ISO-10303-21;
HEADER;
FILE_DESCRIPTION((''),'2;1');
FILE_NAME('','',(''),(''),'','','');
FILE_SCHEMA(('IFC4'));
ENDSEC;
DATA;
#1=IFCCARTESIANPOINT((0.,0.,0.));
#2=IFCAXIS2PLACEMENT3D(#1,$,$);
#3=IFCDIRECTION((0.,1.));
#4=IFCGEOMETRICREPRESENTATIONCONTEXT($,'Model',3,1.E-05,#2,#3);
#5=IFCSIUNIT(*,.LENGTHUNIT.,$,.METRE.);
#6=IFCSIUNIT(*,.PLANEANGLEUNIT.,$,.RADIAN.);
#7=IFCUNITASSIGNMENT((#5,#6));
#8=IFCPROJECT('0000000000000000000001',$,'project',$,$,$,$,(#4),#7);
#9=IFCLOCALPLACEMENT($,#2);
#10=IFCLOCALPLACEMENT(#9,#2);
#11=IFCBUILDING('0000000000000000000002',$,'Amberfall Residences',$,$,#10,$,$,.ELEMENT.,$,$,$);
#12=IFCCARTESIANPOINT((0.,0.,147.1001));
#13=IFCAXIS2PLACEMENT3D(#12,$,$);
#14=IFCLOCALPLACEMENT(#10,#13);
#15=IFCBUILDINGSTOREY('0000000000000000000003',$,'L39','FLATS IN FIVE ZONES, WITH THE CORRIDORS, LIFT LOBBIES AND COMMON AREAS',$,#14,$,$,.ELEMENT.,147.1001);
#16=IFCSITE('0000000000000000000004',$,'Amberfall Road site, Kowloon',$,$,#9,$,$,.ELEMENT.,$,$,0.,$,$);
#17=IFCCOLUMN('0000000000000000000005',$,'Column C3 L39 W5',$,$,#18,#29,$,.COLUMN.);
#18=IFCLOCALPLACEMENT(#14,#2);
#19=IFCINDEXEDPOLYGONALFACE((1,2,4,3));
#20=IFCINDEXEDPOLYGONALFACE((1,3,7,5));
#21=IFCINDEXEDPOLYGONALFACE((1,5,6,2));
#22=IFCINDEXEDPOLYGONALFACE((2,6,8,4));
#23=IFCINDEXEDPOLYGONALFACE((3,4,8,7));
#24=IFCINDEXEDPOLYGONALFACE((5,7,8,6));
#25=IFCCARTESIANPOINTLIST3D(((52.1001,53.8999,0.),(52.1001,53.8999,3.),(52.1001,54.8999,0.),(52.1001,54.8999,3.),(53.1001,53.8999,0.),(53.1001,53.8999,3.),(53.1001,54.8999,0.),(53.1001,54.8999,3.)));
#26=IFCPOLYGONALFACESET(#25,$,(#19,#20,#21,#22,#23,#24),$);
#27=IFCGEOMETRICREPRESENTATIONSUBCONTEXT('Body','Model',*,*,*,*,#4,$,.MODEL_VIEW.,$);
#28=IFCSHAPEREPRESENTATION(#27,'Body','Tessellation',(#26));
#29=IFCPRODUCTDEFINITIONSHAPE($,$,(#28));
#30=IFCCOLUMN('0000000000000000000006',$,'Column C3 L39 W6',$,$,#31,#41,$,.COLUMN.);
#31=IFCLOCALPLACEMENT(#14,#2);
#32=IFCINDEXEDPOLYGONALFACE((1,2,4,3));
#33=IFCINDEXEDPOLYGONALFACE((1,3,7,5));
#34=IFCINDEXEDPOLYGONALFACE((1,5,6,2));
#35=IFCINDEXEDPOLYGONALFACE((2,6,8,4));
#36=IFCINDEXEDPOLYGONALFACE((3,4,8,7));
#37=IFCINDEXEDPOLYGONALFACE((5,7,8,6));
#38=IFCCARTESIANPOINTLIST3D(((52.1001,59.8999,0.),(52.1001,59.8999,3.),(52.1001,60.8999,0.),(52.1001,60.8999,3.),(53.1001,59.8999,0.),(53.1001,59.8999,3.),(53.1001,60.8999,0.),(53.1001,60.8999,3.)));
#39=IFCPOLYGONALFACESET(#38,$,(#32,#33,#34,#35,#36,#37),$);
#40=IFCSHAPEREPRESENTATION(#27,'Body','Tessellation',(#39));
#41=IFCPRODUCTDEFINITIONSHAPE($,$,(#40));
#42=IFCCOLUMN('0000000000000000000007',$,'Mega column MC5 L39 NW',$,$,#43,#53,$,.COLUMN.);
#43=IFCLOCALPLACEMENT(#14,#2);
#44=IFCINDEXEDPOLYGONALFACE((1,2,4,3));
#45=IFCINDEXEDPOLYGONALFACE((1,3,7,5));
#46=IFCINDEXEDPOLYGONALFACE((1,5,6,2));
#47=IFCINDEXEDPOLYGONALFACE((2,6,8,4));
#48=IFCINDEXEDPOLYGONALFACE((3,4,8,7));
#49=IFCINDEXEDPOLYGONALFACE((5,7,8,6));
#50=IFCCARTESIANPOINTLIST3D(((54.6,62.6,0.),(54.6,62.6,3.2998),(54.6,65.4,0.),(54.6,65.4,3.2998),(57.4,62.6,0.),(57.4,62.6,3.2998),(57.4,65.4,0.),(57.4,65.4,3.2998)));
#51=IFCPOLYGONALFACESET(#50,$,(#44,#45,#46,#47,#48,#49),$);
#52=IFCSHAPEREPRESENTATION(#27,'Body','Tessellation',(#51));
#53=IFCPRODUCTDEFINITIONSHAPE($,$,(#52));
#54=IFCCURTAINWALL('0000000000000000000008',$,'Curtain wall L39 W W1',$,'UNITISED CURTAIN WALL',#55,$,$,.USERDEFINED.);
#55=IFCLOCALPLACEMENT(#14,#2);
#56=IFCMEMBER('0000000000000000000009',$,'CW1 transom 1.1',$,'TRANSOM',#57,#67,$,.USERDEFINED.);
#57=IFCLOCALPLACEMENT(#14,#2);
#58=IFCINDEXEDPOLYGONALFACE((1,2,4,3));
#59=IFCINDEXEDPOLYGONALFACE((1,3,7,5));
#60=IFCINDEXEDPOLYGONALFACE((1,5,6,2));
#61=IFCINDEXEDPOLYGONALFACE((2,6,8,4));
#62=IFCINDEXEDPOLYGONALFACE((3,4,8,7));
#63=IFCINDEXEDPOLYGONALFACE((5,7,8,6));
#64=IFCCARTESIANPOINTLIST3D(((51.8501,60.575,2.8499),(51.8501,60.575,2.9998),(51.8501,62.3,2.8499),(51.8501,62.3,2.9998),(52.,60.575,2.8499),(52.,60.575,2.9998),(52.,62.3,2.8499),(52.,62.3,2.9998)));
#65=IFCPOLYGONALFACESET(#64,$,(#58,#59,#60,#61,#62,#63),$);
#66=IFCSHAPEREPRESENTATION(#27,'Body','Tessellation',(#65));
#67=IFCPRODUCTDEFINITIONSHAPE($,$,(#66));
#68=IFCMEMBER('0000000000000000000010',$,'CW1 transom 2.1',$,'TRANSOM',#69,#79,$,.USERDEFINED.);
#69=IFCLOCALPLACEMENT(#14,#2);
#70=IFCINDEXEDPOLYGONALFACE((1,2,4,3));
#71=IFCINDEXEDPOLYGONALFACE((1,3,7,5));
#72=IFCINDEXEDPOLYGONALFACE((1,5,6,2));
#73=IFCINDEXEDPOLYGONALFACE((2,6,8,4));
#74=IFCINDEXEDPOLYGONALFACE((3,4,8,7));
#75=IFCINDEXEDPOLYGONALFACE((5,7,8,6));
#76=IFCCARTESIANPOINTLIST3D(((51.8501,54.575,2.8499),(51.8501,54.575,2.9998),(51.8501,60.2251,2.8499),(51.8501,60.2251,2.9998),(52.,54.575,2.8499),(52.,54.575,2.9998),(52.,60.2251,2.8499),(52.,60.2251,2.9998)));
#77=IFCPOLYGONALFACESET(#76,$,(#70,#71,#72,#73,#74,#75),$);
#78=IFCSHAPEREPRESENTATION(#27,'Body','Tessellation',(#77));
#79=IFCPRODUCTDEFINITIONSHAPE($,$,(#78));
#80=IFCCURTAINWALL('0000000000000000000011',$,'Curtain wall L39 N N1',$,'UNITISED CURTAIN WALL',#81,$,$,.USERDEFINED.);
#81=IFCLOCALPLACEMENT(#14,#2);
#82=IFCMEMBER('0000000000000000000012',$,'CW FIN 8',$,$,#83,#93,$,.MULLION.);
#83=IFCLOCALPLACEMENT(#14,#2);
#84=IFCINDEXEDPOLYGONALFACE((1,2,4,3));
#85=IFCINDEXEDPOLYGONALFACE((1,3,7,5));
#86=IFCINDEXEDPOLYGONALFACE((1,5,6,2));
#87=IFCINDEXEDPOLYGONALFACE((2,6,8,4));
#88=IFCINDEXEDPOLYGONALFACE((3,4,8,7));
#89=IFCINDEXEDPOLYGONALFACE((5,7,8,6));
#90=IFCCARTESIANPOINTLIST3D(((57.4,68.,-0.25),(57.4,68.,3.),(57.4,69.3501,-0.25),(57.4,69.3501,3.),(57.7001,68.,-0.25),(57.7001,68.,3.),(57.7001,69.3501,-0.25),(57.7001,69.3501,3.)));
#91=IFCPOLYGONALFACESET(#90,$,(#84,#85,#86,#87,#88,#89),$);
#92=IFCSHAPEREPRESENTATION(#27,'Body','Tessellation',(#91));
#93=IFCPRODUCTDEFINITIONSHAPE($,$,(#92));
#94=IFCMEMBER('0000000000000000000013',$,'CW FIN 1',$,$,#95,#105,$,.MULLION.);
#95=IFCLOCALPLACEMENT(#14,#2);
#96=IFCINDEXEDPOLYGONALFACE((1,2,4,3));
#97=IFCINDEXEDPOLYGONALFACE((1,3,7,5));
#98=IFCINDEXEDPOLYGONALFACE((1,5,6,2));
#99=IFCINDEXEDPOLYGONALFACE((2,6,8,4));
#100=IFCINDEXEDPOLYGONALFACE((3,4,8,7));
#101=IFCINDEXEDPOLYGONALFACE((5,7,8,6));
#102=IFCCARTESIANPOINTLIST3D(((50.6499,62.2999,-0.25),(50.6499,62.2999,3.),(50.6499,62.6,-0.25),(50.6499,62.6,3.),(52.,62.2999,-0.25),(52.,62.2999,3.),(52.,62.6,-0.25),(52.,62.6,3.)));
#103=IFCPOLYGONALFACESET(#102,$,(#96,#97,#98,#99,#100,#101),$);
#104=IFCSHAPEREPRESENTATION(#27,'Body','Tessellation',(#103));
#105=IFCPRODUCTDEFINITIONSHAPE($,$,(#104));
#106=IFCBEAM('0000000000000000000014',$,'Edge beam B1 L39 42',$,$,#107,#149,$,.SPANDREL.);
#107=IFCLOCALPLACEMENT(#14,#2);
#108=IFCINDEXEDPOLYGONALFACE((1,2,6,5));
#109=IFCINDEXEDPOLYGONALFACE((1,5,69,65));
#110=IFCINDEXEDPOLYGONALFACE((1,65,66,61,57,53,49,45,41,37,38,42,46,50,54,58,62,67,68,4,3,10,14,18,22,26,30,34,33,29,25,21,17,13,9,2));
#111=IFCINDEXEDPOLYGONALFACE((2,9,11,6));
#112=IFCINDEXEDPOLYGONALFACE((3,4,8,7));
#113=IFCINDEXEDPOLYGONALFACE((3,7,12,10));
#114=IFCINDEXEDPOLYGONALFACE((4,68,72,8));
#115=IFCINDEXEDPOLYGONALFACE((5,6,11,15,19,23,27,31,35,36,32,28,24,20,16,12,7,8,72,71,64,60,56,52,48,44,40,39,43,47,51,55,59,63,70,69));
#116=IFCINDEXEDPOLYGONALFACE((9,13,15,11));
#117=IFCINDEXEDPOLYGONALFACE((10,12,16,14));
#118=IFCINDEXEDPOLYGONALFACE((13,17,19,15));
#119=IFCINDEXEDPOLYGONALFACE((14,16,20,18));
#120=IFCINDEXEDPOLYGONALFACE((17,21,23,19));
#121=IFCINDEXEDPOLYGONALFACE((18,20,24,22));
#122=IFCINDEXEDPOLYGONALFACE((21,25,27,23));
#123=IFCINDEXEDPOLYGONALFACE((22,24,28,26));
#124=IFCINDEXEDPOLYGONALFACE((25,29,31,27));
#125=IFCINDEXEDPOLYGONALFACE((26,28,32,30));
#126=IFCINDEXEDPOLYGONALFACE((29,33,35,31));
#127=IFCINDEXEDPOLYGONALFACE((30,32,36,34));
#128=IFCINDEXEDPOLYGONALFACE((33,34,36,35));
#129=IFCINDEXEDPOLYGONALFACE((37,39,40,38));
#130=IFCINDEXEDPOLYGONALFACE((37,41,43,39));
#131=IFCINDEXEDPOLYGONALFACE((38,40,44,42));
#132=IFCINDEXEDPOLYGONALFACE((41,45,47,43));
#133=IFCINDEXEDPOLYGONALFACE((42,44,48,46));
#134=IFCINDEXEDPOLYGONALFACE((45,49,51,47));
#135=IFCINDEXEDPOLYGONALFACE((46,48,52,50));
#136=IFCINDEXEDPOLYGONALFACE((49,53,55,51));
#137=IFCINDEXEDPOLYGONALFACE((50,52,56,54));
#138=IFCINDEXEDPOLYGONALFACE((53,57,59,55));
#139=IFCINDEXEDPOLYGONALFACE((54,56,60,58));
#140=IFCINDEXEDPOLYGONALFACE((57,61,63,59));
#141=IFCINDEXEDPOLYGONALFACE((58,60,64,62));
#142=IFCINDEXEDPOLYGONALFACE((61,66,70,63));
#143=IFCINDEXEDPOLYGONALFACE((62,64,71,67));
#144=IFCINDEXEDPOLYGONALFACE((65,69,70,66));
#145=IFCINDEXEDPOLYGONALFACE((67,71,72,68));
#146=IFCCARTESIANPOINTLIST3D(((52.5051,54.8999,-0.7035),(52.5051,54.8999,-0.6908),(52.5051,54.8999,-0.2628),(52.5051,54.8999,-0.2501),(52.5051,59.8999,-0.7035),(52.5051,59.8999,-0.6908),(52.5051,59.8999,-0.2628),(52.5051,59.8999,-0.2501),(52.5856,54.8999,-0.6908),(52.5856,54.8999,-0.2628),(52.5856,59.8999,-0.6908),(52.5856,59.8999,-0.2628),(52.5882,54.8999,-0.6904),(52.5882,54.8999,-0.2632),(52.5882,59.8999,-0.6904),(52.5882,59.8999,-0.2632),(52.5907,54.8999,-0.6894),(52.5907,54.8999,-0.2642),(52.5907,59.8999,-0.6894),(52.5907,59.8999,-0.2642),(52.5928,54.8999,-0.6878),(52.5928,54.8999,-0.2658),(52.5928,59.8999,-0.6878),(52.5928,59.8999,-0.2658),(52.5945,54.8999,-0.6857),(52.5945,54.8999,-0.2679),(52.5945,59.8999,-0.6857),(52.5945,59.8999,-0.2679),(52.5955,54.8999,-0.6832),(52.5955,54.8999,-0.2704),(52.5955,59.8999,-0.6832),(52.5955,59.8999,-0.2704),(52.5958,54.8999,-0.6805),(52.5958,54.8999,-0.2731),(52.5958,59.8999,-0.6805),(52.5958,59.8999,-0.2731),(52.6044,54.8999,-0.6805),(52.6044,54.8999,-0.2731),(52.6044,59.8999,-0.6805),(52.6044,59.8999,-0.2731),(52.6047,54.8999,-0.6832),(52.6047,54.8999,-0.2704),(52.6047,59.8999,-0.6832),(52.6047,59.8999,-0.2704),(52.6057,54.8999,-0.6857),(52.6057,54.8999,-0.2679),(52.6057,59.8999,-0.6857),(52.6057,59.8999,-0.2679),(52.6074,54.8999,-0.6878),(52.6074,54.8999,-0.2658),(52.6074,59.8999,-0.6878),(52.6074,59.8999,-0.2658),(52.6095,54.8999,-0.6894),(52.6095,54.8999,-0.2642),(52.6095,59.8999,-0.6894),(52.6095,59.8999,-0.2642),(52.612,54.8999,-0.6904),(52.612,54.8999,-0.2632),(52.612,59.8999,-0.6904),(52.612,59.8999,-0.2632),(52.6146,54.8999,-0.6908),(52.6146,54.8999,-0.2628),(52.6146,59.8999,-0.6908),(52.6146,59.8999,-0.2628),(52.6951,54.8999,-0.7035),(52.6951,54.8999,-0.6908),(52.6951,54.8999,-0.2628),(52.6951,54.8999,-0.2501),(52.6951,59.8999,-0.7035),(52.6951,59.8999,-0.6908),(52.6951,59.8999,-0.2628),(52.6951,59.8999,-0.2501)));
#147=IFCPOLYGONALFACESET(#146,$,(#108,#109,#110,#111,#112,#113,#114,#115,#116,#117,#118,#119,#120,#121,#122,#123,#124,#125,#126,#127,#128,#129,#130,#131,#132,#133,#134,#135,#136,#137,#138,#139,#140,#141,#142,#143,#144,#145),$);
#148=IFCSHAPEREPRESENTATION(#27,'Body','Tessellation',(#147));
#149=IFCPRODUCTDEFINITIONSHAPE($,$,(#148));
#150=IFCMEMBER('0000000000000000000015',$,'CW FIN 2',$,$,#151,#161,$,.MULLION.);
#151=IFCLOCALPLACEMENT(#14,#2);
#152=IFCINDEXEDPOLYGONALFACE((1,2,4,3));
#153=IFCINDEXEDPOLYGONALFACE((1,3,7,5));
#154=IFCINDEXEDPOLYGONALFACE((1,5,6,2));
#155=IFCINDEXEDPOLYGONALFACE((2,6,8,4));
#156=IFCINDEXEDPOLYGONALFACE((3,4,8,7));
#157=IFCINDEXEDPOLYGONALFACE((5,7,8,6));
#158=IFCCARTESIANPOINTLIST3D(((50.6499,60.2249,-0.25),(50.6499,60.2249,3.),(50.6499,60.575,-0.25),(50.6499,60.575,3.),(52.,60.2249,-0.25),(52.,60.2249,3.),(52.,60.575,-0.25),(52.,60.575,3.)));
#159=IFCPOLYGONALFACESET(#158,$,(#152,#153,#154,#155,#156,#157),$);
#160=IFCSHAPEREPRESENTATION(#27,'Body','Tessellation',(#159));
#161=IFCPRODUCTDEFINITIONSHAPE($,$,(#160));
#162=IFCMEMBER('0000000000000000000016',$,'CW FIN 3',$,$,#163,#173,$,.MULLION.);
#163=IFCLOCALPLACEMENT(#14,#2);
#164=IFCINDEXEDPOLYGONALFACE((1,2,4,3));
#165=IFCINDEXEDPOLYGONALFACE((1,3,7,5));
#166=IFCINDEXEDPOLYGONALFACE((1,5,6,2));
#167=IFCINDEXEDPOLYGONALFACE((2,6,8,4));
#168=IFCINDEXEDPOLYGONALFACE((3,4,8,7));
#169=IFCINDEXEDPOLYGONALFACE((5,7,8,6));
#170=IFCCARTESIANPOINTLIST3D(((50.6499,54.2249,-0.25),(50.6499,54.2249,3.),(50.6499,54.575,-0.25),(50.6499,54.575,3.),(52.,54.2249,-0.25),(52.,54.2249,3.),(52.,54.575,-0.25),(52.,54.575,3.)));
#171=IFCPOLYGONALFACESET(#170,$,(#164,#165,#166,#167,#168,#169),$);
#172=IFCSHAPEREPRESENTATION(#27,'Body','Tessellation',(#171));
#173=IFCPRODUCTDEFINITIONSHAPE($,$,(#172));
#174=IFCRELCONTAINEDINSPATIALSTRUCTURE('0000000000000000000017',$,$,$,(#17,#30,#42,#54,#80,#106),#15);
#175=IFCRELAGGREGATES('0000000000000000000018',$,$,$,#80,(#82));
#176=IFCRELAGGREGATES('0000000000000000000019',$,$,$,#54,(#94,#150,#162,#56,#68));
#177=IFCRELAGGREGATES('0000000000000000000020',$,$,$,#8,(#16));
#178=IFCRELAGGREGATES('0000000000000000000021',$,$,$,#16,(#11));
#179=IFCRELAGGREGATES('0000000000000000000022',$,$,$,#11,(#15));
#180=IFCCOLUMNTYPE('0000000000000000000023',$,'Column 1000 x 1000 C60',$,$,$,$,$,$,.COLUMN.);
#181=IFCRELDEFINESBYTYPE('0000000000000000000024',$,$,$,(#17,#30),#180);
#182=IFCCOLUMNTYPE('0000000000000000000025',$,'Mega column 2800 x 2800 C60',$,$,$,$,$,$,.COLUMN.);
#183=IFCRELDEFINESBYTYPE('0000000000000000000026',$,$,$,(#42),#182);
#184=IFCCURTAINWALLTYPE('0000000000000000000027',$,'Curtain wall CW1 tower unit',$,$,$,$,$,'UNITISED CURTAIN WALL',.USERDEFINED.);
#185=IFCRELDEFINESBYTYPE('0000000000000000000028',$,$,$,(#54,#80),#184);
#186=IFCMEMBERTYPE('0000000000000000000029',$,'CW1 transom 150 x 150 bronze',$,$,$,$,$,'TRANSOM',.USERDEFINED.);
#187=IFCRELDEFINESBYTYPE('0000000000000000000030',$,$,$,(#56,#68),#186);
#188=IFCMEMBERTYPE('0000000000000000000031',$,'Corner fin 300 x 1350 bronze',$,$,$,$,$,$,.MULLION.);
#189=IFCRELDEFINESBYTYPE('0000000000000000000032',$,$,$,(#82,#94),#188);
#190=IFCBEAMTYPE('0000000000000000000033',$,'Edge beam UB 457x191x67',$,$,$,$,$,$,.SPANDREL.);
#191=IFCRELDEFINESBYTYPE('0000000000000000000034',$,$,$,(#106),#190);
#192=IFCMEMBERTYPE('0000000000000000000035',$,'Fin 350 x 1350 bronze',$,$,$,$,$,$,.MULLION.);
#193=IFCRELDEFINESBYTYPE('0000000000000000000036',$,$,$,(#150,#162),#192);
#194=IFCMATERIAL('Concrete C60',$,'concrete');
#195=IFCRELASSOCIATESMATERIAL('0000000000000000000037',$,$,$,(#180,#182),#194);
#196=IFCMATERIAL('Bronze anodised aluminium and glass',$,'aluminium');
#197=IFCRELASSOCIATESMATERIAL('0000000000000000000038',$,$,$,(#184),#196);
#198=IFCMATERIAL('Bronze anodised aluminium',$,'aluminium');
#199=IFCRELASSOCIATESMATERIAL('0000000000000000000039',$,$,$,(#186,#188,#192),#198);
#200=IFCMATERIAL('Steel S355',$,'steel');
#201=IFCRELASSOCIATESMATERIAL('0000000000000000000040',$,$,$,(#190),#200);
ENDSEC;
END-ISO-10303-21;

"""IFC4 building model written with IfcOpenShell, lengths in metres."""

from ifc_helpers import new_model, si_unit, direction, frame, origin, origin_2d, place, context, subcontext, project, spatial, rectangle, i_section, extrude, material, material_profile, profile_set, type_object, element, aggregate, save


model = new_model("IFC4")

# Units and contexts
model_context = context("Model", 3, precision=1e-05, world=origin(), true_north=direction((0.0, 1.0)))
body_context = subcontext(model_context, "Body", "Model", "MODEL_VIEW")
ifc_project = project(units=[si_unit("LENGTHUNIT", "METRE"), si_unit("PLANEANGLEUNIT", "RADIAN")], contexts=[model_context])

# Site, building, storey
site_placement = place(None, origin())
site = spatial("IfcSite", under=ifc_project, at=site_placement, Name="Amberfall Road site, Kowloon", CompositionType="ELEMENT", RefElevation=0.0)
building_placement = place(site_placement, origin())
building = spatial("IfcBuilding", under=site, at=building_placement, Name="Amberfall Residences", CompositionType="ELEMENT")
storey_placement = place(building_placement, frame((0.0, 0.0, 147.1001)))
storey = spatial("IfcBuildingStorey", under=building, at=storey_placement, Name="L39", Description="FLATS IN FIVE ZONES, WITH THE CORRIDORS, LIFT LOBBIES AND COMMON AREAS", CompositionType="ELEMENT", Elevation=147.1001)

# Columns
ifc_material_1 = material(Name="Concrete C60", Category="concrete")
ifc_material_profile_1 = material_profile(ifc_material_1, rectangle(XDim=1.0, YDim=1.0, at=origin_2d()), Name="Column 1000 x 1000 C60")
ifc_profile_set_1 = profile_set([ifc_material_profile_1], Name="Concrete C60")
column_type_1 = type_object("IfcColumnType", Name="Column 1000 x 1000 C60", PredefinedType="COLUMN", material=ifc_profile_set_1)
for number, where, z_axis, x_axis, name in (
    (1, (52.6001, 54.3999, 0.0), (0.0, 0.0, 1.0), (1.0, 0.0, 0.0), "Column C3 L39 W5"),
    (2, (52.6001, 60.3999, 0.0), (0.0, 0.0, 1.0), (1.0, 0.0, 0.0), "Column C3 L39 W6"),
):
    element("IfcColumn", number, at=place(storey_placement, frame(where, z_axis=z_axis, x_axis=x_axis)), inside=storey, type_object=column_type_1, Name=name, PredefinedType="COLUMN", context=body_context, shape_type="SweptSolid", body=[
        extrude(rectangle(XDim=1.0, YDim=1.0, at=origin_2d()), origin(), (0.0, 0.0, 1.0), 3.0),
    ])
ifc_material_profile_2 = material_profile(ifc_material_1, rectangle(XDim=2.8, YDim=2.8, at=origin_2d()), Name="Mega column 2800 x 2800 C60")
ifc_profile_set_2 = profile_set([ifc_material_profile_2], Name="Concrete C60")
column_type_2 = type_object("IfcColumnType", Name="Mega column 2800 x 2800 C60", PredefinedType="COLUMN", material=ifc_profile_set_2)
column_placement = place(storey_placement, frame((56.0, 64.0, 0.0), z_axis=(0.0, 0.0, 1.0), x_axis=(1.0, 0.0, 0.0)))
element("IfcColumn", 3, at=column_placement, inside=storey, type_object=column_type_2, Name="Mega column MC5 L39 NW", PredefinedType="COLUMN", context=body_context, shape_type="SweptSolid", body=[
    extrude(rectangle(XDim=2.8, YDim=2.8, at=origin_2d()), origin(), (0.0, 0.0, 1.0), 3.2998),
])

# Curtain wall, members
ifc_material_2 = material(Name="Bronze anodised aluminium and glass", Category="aluminium")
curtain_wall_type = type_object("IfcCurtainWallType", Name="Curtain wall CW1 tower unit", ElementType="UNITISED CURTAIN WALL", PredefinedType="USERDEFINED", material=ifc_material_2)
curtain_wall_1_placement = place(storey_placement, origin())
curtain_wall_1 = element("IfcCurtainWall", 4, at=curtain_wall_1_placement, inside=storey, type_object=curtain_wall_type, Name="Curtain wall L39 W W1", ObjectType="UNITISED CURTAIN WALL", PredefinedType="USERDEFINED")
ifc_material_3 = material(Name="Bronze anodised aluminium", Category="aluminium")
ifc_material_profile_3 = material_profile(ifc_material_3, rectangle(XDim=0.1499, YDim=0.1499, at=origin_2d()), Name="CW1 transom 150 x 150 bronze")
ifc_profile_set_3 = profile_set([ifc_material_profile_3], Name="Bronze anodised aluminium")
member_type_1 = type_object("IfcMemberType", Name="CW1 transom 150 x 150 bronze", ElementType="TRANSOM", PredefinedType="USERDEFINED", material=ifc_profile_set_3)
member_1_placement = place(storey_placement, frame((51.925, 62.3, 2.9248), z_axis=(0.0, -1.0, 0.0), x_axis=(1.0, 0.0, 0.0)))
member_1 = element("IfcMember", 5, at=member_1_placement, type_object=member_type_1, Name="CW1 transom 1.1", ObjectType="TRANSOM", PredefinedType="USERDEFINED", context=body_context, shape_type="SweptSolid", body=[
    extrude(rectangle(XDim=0.1499, YDim=0.1499, at=origin_2d()), origin(), (0.0, 0.0, 1.0), 1.7251),
])
member_2_placement = place(storey_placement, frame((51.925, 60.2251, 2.9248), z_axis=(0.0, -1.0, 0.0), x_axis=(1.0, 0.0, 0.0)))
member_2 = element("IfcMember", 6, at=member_2_placement, type_object=member_type_1, Name="CW1 transom 2.1", ObjectType="TRANSOM", PredefinedType="USERDEFINED", context=body_context, shape_type="SweptSolid", body=[
    extrude(rectangle(XDim=0.1499, YDim=0.1499, at=origin_2d()), origin(), (0.0, 0.0, 1.0), 5.6501),
])

# Curtain wall, member
curtain_wall_2_placement = place(storey_placement, origin())
curtain_wall_2 = element("IfcCurtainWall", 7, at=curtain_wall_2_placement, inside=storey, type_object=curtain_wall_type, Name="Curtain wall L39 N N1", ObjectType="UNITISED CURTAIN WALL", PredefinedType="USERDEFINED")
ifc_material_profile_4 = material_profile(ifc_material_3, rectangle(XDim=1.3501, YDim=0.3, at=origin_2d()), Name="Corner fin 300 x 1350 bronze")
ifc_profile_set_4 = profile_set([ifc_material_profile_4], Name="Bronze anodised aluminium")
member_type_2 = type_object("IfcMemberType", Name="Corner fin 300 x 1350 bronze", PredefinedType="MULLION", material=ifc_profile_set_4)
member_3_placement = place(storey_placement, frame((57.55, 68.675, -0.25), z_axis=(0.0, 0.0, 1.0), x_axis=(0.0, -1.0, 0.0)))
member_3 = element("IfcMember", 8, at=member_3_placement, type_object=member_type_2, Name="CW FIN 8", PredefinedType="MULLION", context=body_context, shape_type="SweptSolid", body=[
    extrude(rectangle(XDim=1.3501, YDim=0.3, at=origin_2d()), origin(), (0.0, 0.0, 1.0), 3.25),
])

# Member
member_4_placement = place(storey_placement, frame((51.325, 62.45, -0.25), z_axis=(0.0, 0.0, 1.0), x_axis=(1.0, 0.0, 0.0)))
member_4 = element("IfcMember", 9, at=member_4_placement, type_object=member_type_2, Name="CW FIN 1", PredefinedType="MULLION", context=body_context, shape_type="SweptSolid", body=[
    extrude(rectangle(XDim=1.3501, YDim=0.3, at=origin_2d()), origin(), (0.0, 0.0, 1.0), 3.25),
])

# Beam
ifc_material_4 = material(Name="Steel S355", Category="steel")
ifc_material_profile_5 = material_profile(ifc_material_4, i_section(OverallWidth=0.1899, OverallDepth=0.4534, WebThickness=0.0085, FlangeThickness=0.0127, FilletRadius=0.0103, at=origin_2d()), Name="UB 457x191x67")
ifc_profile_set_5 = profile_set([ifc_material_profile_5], Name="Steel S355")
beam_type_1 = type_object("IfcBeamType", Name="Edge beam UB 457x191x67", PredefinedType="SPANDREL", material=ifc_profile_set_5)
beam_1_placement = place(storey_placement, frame((52.6001, 54.8999, -0.4768), z_axis=(0.0, 1.0, 0.0), x_axis=(-1.0, 0.0, 0.0)))
element("IfcBeam", 10, at=beam_1_placement, inside=storey, type_object=beam_type_1, Name="Edge beam B1 L39 42", PredefinedType="SPANDREL", context=body_context, shape_type="SweptSolid", body=[
    extrude(i_section(OverallWidth=0.1899, OverallDepth=0.4534, WebThickness=0.0085, FlangeThickness=0.0127, FilletRadius=0.0103, at=origin_2d()), origin(), (0.0, 0.0, 1.0), 5.0),
])

# Members
ifc_material_profile_6 = material_profile(ifc_material_3, rectangle(XDim=1.3501, YDim=0.3501, at=origin_2d()), Name="Fin 350 x 1350 bronze")
ifc_profile_set_6 = profile_set([ifc_material_profile_6], Name="Bronze anodised aluminium")
member_type_3 = type_object("IfcMemberType", Name="Fin 350 x 1350 bronze", PredefinedType="MULLION", material=ifc_profile_set_6)
member_5_placement = place(storey_placement, frame((51.325, 60.3999, -0.25), z_axis=(0.0, 0.0, 1.0), x_axis=(1.0, 0.0, 0.0)))
member_5 = element("IfcMember", 11, at=member_5_placement, type_object=member_type_3, Name="CW FIN 2", PredefinedType="MULLION", context=body_context, shape_type="SweptSolid", body=[
    extrude(rectangle(XDim=1.3501, YDim=0.3501, at=origin_2d()), origin(), (0.0, 0.0, 1.0), 3.25),
])
member_6_placement = place(storey_placement, frame((51.325, 54.3999, -0.25), z_axis=(0.0, 0.0, 1.0), x_axis=(1.0, 0.0, 0.0)))
member_6 = element("IfcMember", 12, at=member_6_placement, type_object=member_type_3, Name="CW FIN 3", PredefinedType="MULLION", context=body_context, shape_type="SweptSolid", body=[
    extrude(rectangle(XDim=1.3501, YDim=0.3501, at=origin_2d()), origin(), (0.0, 0.0, 1.0), 3.25),
])

aggregate(curtain_wall_2, [member_3])
aggregate(curtain_wall_1, [member_4, member_5, member_6, member_1, member_2])

save(model, "model.ifc")
